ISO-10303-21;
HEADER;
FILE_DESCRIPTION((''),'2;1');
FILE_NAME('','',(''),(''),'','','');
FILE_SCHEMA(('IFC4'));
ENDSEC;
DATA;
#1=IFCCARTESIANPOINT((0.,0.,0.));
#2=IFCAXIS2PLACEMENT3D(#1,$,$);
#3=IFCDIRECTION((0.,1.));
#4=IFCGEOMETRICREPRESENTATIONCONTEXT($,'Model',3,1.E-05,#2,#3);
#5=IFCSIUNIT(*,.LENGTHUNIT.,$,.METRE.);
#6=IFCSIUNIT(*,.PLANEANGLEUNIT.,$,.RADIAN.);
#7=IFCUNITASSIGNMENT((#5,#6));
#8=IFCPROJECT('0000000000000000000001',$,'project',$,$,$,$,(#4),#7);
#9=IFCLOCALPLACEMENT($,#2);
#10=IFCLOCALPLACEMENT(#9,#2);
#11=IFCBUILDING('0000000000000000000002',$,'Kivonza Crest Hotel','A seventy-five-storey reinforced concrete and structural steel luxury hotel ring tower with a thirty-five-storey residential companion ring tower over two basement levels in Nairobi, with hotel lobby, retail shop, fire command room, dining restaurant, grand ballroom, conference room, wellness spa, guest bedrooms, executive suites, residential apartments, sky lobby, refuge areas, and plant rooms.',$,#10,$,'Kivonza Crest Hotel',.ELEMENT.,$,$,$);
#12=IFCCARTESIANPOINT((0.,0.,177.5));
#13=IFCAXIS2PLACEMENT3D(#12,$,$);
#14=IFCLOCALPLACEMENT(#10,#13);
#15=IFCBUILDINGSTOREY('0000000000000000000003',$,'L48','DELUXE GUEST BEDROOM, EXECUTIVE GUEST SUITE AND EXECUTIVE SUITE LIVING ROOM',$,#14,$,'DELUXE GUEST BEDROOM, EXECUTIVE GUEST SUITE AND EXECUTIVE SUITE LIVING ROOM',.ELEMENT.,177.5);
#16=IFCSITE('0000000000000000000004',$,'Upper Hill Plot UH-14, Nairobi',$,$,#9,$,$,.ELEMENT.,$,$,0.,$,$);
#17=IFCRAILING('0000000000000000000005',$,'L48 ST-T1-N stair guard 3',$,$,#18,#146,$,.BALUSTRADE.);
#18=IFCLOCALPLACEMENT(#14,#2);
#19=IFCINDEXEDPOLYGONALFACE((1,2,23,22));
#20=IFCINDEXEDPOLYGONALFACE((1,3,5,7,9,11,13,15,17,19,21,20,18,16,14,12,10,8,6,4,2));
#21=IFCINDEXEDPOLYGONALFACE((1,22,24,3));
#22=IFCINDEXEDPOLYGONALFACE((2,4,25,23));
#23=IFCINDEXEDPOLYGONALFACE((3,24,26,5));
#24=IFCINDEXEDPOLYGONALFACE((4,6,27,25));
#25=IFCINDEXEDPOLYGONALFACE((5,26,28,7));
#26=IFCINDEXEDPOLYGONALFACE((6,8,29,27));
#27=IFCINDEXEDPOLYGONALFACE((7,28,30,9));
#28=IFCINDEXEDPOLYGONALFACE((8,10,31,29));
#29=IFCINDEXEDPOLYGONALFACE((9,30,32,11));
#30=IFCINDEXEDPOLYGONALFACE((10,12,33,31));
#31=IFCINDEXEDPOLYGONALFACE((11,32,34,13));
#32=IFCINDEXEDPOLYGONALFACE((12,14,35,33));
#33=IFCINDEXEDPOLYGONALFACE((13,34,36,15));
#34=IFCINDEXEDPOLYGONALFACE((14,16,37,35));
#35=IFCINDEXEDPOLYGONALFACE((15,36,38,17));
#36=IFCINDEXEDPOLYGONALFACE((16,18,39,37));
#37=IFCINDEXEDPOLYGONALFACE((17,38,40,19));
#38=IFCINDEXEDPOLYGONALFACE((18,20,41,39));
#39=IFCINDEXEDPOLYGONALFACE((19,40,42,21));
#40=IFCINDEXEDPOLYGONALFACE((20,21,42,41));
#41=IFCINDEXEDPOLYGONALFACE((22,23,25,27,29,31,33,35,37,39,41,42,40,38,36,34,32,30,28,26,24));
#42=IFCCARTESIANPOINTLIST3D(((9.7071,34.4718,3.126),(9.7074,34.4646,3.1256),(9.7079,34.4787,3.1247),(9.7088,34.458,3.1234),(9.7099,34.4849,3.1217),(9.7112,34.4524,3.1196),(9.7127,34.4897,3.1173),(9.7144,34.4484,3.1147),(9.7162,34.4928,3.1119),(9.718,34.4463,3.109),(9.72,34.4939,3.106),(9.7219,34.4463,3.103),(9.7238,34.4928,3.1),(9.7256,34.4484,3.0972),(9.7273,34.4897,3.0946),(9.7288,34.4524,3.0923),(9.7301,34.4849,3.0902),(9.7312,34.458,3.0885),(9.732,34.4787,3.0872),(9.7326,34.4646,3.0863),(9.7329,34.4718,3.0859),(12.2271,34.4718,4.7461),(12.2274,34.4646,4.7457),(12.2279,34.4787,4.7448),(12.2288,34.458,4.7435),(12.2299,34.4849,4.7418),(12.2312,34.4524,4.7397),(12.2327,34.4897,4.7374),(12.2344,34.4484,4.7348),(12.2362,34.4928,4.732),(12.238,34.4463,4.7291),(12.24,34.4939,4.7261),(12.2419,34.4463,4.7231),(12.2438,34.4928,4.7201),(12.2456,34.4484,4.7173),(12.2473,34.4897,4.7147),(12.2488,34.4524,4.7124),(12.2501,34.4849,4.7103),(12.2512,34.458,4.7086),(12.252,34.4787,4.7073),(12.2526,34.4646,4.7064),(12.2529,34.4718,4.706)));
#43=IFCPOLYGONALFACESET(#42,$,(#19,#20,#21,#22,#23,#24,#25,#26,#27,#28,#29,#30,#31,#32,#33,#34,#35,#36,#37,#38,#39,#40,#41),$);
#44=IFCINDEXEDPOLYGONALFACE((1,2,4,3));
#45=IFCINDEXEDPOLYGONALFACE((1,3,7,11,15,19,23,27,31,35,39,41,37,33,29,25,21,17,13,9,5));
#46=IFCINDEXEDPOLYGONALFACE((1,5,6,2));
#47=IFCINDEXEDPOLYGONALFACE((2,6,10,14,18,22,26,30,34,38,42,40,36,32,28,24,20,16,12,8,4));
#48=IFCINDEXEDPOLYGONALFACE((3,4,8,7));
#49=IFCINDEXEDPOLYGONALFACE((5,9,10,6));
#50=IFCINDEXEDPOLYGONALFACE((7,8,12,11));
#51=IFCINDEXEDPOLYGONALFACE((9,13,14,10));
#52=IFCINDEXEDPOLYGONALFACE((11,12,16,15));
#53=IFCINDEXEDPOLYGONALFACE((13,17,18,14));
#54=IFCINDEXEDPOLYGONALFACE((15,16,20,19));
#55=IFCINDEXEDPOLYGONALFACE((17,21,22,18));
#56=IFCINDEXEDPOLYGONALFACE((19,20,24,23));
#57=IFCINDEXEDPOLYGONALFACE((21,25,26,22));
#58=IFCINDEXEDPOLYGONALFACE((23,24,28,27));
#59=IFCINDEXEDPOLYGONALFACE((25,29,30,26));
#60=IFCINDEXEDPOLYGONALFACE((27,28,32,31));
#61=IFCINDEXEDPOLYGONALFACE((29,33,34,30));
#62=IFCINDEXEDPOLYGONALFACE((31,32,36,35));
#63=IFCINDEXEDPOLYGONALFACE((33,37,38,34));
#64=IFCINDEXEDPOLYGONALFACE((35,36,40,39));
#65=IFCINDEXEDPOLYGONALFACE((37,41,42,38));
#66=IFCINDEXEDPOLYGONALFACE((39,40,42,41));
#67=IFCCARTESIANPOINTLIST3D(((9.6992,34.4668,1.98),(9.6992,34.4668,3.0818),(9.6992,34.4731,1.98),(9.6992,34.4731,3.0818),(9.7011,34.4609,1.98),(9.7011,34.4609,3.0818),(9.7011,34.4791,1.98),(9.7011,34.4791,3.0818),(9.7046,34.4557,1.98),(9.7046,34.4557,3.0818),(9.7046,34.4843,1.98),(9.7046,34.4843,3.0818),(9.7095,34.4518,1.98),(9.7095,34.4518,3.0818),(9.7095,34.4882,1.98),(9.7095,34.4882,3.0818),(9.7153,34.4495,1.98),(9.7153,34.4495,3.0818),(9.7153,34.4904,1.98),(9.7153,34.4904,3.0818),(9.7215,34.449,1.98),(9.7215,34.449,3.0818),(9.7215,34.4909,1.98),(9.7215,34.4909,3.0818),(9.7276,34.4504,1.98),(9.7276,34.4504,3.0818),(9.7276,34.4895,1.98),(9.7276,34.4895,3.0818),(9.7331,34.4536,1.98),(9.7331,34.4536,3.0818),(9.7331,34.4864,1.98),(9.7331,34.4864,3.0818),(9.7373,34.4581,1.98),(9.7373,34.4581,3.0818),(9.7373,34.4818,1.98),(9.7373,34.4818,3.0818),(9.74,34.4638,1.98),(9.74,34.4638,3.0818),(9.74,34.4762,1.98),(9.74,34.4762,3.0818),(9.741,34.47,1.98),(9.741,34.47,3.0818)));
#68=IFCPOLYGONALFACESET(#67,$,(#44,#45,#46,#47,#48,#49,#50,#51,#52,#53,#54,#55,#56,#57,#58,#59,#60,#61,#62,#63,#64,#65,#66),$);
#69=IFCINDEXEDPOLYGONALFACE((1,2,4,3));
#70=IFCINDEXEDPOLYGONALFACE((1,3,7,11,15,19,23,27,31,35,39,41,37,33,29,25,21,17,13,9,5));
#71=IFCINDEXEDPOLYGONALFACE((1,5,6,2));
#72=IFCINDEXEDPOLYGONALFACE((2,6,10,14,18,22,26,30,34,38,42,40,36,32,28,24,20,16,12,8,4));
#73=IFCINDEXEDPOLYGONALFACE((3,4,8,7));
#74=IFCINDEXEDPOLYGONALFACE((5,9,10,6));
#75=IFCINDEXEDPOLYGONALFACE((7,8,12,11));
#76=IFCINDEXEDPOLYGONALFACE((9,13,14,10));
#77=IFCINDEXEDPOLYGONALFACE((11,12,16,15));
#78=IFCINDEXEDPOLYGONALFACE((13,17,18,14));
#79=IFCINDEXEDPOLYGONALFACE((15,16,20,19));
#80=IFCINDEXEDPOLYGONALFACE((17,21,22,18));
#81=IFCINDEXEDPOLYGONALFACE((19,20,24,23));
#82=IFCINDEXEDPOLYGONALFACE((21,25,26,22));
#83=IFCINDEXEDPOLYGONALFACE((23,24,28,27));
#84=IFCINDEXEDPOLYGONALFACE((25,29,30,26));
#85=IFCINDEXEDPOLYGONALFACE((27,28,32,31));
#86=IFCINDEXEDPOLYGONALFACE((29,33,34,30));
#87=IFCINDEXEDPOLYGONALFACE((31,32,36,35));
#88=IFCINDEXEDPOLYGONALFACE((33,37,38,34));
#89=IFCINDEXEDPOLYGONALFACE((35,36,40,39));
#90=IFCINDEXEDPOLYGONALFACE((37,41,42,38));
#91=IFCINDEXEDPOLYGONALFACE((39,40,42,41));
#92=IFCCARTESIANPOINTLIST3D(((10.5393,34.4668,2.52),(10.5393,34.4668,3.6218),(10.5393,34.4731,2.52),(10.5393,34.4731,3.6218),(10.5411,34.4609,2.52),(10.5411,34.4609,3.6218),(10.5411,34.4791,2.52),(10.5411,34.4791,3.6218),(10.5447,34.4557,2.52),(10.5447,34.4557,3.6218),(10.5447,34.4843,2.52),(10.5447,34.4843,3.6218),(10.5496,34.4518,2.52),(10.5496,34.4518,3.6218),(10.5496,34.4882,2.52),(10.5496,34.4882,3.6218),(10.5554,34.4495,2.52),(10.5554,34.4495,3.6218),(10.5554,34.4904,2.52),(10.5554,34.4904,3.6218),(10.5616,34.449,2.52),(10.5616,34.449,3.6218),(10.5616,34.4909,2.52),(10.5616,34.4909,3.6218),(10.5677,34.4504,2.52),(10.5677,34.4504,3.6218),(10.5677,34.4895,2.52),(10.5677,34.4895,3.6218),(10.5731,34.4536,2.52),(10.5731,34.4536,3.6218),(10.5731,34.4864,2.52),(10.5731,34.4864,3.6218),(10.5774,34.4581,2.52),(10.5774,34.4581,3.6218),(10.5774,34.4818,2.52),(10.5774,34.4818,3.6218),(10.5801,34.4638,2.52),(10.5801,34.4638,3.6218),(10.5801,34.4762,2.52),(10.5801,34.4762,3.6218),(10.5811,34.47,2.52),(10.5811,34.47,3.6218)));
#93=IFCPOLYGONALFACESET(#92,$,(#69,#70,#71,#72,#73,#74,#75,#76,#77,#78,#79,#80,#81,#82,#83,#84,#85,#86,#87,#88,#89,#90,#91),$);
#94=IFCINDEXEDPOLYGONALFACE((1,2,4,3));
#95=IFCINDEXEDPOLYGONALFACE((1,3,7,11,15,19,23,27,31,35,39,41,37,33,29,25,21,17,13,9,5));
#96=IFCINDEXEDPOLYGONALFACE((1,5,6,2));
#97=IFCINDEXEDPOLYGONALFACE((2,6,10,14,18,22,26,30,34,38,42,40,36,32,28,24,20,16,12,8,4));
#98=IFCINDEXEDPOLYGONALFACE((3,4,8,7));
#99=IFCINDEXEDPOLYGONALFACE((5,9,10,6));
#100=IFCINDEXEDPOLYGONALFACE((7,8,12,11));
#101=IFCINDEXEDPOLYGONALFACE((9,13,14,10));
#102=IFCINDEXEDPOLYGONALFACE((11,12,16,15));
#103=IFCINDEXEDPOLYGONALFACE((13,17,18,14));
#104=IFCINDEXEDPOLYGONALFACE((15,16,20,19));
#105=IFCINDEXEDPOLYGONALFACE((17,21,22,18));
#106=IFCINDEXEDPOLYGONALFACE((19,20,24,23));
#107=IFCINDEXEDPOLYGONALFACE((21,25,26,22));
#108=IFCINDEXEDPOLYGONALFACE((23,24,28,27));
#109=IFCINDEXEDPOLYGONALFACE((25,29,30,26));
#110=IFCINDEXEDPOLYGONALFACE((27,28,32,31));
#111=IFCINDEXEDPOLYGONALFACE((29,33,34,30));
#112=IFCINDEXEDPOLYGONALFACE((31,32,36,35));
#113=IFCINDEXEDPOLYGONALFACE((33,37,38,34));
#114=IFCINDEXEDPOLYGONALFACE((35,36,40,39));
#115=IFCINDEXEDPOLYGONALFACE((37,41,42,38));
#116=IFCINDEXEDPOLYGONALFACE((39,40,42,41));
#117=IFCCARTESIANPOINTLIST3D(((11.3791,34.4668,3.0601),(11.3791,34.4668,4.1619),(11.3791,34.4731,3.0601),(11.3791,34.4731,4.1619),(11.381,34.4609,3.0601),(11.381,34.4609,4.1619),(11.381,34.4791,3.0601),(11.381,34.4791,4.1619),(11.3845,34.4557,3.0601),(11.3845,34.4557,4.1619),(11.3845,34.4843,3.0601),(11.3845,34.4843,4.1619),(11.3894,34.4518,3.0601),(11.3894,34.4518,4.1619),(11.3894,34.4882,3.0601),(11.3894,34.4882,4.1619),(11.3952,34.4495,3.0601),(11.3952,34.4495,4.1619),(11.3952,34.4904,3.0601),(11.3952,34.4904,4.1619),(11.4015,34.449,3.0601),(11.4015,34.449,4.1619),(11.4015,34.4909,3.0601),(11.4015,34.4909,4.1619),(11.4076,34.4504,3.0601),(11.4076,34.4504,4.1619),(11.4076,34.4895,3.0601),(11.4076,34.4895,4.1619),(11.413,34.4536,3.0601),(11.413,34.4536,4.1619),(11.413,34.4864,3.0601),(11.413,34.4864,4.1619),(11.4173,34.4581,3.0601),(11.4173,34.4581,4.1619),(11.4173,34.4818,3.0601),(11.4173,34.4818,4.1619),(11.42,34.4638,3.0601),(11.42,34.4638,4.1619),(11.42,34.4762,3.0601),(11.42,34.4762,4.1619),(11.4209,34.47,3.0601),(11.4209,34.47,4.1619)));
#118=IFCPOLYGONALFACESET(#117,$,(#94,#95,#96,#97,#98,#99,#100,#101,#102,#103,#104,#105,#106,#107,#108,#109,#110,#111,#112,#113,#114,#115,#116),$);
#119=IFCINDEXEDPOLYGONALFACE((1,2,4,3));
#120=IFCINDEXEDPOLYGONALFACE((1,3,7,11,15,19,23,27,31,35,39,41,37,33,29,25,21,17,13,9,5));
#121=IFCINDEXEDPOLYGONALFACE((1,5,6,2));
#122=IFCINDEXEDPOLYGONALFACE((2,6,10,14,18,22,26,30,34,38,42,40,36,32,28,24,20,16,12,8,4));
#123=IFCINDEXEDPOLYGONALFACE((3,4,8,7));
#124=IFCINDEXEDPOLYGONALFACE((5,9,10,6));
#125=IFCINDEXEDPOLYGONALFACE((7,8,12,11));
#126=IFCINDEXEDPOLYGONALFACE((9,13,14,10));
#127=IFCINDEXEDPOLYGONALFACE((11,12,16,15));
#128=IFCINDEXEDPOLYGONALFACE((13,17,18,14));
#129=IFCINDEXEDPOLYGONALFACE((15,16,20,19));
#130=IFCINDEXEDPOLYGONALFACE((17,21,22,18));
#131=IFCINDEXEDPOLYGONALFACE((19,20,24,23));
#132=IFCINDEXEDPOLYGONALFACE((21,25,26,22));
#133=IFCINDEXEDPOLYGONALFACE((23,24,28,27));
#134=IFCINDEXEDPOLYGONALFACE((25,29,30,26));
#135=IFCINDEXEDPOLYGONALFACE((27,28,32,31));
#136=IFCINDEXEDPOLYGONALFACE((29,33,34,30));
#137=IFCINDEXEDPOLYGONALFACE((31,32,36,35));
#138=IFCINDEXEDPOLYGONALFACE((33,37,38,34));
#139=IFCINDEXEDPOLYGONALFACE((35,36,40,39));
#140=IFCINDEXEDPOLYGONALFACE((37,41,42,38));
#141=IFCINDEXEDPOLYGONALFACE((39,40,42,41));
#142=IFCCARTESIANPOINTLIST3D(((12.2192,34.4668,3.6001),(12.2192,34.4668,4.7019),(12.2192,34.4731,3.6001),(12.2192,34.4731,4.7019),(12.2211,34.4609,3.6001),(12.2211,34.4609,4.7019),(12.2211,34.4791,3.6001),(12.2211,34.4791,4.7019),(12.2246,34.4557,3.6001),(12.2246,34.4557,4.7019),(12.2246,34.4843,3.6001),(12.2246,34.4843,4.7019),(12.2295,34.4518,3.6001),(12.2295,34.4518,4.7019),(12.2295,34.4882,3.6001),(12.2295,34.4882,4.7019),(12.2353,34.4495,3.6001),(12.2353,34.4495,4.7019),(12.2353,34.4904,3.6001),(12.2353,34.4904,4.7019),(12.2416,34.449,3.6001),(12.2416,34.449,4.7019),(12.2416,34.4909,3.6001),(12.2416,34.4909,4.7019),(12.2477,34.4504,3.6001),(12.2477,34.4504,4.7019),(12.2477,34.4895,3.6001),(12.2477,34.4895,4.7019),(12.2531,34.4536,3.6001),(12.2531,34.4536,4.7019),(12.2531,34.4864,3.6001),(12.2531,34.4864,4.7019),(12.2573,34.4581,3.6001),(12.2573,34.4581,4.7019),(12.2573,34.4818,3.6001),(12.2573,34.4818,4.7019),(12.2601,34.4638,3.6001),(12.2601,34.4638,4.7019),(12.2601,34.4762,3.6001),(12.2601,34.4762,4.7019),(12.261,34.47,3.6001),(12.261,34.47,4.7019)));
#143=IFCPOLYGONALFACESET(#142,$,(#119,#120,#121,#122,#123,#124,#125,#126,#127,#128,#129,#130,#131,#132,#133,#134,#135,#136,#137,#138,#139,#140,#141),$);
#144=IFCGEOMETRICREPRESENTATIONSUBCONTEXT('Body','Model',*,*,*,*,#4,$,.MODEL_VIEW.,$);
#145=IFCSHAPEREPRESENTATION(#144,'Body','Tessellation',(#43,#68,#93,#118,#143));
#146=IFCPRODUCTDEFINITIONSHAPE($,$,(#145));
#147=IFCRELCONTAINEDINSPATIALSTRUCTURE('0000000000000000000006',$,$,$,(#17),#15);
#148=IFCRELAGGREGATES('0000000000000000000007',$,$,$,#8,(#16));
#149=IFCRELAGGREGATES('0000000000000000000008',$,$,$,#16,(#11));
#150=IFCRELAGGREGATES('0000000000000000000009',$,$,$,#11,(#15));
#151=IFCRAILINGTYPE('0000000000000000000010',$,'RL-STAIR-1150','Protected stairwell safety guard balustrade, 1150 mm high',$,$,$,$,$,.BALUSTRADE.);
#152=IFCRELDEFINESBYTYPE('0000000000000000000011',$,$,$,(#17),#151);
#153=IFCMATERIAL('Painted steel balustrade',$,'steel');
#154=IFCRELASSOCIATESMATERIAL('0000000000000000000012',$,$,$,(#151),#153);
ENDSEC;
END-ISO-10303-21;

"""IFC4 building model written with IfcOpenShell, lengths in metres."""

from ifc_helpers import new_model, si_unit, direction, frame, origin, origin_2d, place, context, subcontext, project, spatial, circle, extrude, material, type_object, element, save


model = new_model("IFC4")

# Units and contexts
model_context = context("Model", 3, precision=1e-05, world=origin(), true_north=direction((0.0, 1.0)))
body_context = subcontext(model_context, "Body", "Model", "MODEL_VIEW")
ifc_project = project(units=[si_unit("LENGTHUNIT", "METRE"), si_unit("PLANEANGLEUNIT", "RADIAN")], contexts=[model_context])

# Site, building, storey
site_placement = place(None, origin())
site = spatial("IfcSite", under=ifc_project, at=site_placement, Name="Upper Hill Plot UH-14, Nairobi", CompositionType="ELEMENT", RefElevation=0.0)
building_placement = place(site_placement, origin())
building = spatial("IfcBuilding", under=site, at=building_placement, Name="Kivonza Crest Hotel", Description="A seventy-five-storey reinforced concrete and structural steel luxury hotel ring tower with a thirty-five-storey residential companion ring tower over two basement levels in Nairobi, with hotel lobby, retail shop, fire command room, dining restaurant, grand ballroom, conference room, wellness spa, guest bedrooms, executive suites, residential apartments, sky lobby, refuge areas, and plant rooms.", LongName="Kivonza Crest Hotel", CompositionType="ELEMENT")
storey_placement = place(building_placement, frame((0.0, 0.0, 177.5)))
storey = spatial("IfcBuildingStorey", under=building, at=storey_placement, Name="L48", Description="DELUXE GUEST BEDROOM, EXECUTIVE GUEST SUITE AND EXECUTIVE SUITE LIVING ROOM", LongName="DELUXE GUEST BEDROOM, EXECUTIVE GUEST SUITE AND EXECUTIVE SUITE LIVING ROOM", CompositionType="ELEMENT", Elevation=177.5)

# Railing
ifc_material_1 = material(Name="Painted steel balustrade", Category="steel")
railing_type_1 = type_object("IfcRailingType", Name="RL-STAIR-1150", Description="Protected stairwell safety guard balustrade, 1150 mm high", PredefinedType="BALUSTRADE", material=ifc_material_1)
railing_1_placement = place(storey_placement, frame((9.72, 34.47, 1.98)))
element("IfcRailing", 1, at=railing_1_placement, inside=storey, type_object=railing_type_1, Name="L48 ST-T1-N stair guard 3", PredefinedType="BALUSTRADE", context=body_context, shape_type="SweptSolid", body=[
    extrude(circle(Radius=0.0239, at=origin_2d()), frame((0.0, 0.0, 1.126), z_axis=(0.841163, 0.0, 0.540782), x_axis=(0.0, 1.0, 0.0)), (0.0, 0.0, 1.0), 2.9958),
    extrude(circle(Radius=0.021, at=origin_2d()), origin(), (0.0, 0.0, 1.0), 1.1018),
    extrude(circle(Radius=0.021, at=origin_2d()), frame((0.8401, 0.0, 0.54)), (0.0, 0.0, 1.0), 1.1018),
    extrude(circle(Radius=0.021, at=origin_2d()), frame((1.6799, 0.0, 1.0801)), (0.0, 0.0, 1.0), 1.1018),
    extrude(circle(Radius=0.021, at=origin_2d()), frame((2.52, 0.0, 1.6201)), (0.0, 0.0, 1.0), 1.1018),
])

save(model, "model.ifc")
